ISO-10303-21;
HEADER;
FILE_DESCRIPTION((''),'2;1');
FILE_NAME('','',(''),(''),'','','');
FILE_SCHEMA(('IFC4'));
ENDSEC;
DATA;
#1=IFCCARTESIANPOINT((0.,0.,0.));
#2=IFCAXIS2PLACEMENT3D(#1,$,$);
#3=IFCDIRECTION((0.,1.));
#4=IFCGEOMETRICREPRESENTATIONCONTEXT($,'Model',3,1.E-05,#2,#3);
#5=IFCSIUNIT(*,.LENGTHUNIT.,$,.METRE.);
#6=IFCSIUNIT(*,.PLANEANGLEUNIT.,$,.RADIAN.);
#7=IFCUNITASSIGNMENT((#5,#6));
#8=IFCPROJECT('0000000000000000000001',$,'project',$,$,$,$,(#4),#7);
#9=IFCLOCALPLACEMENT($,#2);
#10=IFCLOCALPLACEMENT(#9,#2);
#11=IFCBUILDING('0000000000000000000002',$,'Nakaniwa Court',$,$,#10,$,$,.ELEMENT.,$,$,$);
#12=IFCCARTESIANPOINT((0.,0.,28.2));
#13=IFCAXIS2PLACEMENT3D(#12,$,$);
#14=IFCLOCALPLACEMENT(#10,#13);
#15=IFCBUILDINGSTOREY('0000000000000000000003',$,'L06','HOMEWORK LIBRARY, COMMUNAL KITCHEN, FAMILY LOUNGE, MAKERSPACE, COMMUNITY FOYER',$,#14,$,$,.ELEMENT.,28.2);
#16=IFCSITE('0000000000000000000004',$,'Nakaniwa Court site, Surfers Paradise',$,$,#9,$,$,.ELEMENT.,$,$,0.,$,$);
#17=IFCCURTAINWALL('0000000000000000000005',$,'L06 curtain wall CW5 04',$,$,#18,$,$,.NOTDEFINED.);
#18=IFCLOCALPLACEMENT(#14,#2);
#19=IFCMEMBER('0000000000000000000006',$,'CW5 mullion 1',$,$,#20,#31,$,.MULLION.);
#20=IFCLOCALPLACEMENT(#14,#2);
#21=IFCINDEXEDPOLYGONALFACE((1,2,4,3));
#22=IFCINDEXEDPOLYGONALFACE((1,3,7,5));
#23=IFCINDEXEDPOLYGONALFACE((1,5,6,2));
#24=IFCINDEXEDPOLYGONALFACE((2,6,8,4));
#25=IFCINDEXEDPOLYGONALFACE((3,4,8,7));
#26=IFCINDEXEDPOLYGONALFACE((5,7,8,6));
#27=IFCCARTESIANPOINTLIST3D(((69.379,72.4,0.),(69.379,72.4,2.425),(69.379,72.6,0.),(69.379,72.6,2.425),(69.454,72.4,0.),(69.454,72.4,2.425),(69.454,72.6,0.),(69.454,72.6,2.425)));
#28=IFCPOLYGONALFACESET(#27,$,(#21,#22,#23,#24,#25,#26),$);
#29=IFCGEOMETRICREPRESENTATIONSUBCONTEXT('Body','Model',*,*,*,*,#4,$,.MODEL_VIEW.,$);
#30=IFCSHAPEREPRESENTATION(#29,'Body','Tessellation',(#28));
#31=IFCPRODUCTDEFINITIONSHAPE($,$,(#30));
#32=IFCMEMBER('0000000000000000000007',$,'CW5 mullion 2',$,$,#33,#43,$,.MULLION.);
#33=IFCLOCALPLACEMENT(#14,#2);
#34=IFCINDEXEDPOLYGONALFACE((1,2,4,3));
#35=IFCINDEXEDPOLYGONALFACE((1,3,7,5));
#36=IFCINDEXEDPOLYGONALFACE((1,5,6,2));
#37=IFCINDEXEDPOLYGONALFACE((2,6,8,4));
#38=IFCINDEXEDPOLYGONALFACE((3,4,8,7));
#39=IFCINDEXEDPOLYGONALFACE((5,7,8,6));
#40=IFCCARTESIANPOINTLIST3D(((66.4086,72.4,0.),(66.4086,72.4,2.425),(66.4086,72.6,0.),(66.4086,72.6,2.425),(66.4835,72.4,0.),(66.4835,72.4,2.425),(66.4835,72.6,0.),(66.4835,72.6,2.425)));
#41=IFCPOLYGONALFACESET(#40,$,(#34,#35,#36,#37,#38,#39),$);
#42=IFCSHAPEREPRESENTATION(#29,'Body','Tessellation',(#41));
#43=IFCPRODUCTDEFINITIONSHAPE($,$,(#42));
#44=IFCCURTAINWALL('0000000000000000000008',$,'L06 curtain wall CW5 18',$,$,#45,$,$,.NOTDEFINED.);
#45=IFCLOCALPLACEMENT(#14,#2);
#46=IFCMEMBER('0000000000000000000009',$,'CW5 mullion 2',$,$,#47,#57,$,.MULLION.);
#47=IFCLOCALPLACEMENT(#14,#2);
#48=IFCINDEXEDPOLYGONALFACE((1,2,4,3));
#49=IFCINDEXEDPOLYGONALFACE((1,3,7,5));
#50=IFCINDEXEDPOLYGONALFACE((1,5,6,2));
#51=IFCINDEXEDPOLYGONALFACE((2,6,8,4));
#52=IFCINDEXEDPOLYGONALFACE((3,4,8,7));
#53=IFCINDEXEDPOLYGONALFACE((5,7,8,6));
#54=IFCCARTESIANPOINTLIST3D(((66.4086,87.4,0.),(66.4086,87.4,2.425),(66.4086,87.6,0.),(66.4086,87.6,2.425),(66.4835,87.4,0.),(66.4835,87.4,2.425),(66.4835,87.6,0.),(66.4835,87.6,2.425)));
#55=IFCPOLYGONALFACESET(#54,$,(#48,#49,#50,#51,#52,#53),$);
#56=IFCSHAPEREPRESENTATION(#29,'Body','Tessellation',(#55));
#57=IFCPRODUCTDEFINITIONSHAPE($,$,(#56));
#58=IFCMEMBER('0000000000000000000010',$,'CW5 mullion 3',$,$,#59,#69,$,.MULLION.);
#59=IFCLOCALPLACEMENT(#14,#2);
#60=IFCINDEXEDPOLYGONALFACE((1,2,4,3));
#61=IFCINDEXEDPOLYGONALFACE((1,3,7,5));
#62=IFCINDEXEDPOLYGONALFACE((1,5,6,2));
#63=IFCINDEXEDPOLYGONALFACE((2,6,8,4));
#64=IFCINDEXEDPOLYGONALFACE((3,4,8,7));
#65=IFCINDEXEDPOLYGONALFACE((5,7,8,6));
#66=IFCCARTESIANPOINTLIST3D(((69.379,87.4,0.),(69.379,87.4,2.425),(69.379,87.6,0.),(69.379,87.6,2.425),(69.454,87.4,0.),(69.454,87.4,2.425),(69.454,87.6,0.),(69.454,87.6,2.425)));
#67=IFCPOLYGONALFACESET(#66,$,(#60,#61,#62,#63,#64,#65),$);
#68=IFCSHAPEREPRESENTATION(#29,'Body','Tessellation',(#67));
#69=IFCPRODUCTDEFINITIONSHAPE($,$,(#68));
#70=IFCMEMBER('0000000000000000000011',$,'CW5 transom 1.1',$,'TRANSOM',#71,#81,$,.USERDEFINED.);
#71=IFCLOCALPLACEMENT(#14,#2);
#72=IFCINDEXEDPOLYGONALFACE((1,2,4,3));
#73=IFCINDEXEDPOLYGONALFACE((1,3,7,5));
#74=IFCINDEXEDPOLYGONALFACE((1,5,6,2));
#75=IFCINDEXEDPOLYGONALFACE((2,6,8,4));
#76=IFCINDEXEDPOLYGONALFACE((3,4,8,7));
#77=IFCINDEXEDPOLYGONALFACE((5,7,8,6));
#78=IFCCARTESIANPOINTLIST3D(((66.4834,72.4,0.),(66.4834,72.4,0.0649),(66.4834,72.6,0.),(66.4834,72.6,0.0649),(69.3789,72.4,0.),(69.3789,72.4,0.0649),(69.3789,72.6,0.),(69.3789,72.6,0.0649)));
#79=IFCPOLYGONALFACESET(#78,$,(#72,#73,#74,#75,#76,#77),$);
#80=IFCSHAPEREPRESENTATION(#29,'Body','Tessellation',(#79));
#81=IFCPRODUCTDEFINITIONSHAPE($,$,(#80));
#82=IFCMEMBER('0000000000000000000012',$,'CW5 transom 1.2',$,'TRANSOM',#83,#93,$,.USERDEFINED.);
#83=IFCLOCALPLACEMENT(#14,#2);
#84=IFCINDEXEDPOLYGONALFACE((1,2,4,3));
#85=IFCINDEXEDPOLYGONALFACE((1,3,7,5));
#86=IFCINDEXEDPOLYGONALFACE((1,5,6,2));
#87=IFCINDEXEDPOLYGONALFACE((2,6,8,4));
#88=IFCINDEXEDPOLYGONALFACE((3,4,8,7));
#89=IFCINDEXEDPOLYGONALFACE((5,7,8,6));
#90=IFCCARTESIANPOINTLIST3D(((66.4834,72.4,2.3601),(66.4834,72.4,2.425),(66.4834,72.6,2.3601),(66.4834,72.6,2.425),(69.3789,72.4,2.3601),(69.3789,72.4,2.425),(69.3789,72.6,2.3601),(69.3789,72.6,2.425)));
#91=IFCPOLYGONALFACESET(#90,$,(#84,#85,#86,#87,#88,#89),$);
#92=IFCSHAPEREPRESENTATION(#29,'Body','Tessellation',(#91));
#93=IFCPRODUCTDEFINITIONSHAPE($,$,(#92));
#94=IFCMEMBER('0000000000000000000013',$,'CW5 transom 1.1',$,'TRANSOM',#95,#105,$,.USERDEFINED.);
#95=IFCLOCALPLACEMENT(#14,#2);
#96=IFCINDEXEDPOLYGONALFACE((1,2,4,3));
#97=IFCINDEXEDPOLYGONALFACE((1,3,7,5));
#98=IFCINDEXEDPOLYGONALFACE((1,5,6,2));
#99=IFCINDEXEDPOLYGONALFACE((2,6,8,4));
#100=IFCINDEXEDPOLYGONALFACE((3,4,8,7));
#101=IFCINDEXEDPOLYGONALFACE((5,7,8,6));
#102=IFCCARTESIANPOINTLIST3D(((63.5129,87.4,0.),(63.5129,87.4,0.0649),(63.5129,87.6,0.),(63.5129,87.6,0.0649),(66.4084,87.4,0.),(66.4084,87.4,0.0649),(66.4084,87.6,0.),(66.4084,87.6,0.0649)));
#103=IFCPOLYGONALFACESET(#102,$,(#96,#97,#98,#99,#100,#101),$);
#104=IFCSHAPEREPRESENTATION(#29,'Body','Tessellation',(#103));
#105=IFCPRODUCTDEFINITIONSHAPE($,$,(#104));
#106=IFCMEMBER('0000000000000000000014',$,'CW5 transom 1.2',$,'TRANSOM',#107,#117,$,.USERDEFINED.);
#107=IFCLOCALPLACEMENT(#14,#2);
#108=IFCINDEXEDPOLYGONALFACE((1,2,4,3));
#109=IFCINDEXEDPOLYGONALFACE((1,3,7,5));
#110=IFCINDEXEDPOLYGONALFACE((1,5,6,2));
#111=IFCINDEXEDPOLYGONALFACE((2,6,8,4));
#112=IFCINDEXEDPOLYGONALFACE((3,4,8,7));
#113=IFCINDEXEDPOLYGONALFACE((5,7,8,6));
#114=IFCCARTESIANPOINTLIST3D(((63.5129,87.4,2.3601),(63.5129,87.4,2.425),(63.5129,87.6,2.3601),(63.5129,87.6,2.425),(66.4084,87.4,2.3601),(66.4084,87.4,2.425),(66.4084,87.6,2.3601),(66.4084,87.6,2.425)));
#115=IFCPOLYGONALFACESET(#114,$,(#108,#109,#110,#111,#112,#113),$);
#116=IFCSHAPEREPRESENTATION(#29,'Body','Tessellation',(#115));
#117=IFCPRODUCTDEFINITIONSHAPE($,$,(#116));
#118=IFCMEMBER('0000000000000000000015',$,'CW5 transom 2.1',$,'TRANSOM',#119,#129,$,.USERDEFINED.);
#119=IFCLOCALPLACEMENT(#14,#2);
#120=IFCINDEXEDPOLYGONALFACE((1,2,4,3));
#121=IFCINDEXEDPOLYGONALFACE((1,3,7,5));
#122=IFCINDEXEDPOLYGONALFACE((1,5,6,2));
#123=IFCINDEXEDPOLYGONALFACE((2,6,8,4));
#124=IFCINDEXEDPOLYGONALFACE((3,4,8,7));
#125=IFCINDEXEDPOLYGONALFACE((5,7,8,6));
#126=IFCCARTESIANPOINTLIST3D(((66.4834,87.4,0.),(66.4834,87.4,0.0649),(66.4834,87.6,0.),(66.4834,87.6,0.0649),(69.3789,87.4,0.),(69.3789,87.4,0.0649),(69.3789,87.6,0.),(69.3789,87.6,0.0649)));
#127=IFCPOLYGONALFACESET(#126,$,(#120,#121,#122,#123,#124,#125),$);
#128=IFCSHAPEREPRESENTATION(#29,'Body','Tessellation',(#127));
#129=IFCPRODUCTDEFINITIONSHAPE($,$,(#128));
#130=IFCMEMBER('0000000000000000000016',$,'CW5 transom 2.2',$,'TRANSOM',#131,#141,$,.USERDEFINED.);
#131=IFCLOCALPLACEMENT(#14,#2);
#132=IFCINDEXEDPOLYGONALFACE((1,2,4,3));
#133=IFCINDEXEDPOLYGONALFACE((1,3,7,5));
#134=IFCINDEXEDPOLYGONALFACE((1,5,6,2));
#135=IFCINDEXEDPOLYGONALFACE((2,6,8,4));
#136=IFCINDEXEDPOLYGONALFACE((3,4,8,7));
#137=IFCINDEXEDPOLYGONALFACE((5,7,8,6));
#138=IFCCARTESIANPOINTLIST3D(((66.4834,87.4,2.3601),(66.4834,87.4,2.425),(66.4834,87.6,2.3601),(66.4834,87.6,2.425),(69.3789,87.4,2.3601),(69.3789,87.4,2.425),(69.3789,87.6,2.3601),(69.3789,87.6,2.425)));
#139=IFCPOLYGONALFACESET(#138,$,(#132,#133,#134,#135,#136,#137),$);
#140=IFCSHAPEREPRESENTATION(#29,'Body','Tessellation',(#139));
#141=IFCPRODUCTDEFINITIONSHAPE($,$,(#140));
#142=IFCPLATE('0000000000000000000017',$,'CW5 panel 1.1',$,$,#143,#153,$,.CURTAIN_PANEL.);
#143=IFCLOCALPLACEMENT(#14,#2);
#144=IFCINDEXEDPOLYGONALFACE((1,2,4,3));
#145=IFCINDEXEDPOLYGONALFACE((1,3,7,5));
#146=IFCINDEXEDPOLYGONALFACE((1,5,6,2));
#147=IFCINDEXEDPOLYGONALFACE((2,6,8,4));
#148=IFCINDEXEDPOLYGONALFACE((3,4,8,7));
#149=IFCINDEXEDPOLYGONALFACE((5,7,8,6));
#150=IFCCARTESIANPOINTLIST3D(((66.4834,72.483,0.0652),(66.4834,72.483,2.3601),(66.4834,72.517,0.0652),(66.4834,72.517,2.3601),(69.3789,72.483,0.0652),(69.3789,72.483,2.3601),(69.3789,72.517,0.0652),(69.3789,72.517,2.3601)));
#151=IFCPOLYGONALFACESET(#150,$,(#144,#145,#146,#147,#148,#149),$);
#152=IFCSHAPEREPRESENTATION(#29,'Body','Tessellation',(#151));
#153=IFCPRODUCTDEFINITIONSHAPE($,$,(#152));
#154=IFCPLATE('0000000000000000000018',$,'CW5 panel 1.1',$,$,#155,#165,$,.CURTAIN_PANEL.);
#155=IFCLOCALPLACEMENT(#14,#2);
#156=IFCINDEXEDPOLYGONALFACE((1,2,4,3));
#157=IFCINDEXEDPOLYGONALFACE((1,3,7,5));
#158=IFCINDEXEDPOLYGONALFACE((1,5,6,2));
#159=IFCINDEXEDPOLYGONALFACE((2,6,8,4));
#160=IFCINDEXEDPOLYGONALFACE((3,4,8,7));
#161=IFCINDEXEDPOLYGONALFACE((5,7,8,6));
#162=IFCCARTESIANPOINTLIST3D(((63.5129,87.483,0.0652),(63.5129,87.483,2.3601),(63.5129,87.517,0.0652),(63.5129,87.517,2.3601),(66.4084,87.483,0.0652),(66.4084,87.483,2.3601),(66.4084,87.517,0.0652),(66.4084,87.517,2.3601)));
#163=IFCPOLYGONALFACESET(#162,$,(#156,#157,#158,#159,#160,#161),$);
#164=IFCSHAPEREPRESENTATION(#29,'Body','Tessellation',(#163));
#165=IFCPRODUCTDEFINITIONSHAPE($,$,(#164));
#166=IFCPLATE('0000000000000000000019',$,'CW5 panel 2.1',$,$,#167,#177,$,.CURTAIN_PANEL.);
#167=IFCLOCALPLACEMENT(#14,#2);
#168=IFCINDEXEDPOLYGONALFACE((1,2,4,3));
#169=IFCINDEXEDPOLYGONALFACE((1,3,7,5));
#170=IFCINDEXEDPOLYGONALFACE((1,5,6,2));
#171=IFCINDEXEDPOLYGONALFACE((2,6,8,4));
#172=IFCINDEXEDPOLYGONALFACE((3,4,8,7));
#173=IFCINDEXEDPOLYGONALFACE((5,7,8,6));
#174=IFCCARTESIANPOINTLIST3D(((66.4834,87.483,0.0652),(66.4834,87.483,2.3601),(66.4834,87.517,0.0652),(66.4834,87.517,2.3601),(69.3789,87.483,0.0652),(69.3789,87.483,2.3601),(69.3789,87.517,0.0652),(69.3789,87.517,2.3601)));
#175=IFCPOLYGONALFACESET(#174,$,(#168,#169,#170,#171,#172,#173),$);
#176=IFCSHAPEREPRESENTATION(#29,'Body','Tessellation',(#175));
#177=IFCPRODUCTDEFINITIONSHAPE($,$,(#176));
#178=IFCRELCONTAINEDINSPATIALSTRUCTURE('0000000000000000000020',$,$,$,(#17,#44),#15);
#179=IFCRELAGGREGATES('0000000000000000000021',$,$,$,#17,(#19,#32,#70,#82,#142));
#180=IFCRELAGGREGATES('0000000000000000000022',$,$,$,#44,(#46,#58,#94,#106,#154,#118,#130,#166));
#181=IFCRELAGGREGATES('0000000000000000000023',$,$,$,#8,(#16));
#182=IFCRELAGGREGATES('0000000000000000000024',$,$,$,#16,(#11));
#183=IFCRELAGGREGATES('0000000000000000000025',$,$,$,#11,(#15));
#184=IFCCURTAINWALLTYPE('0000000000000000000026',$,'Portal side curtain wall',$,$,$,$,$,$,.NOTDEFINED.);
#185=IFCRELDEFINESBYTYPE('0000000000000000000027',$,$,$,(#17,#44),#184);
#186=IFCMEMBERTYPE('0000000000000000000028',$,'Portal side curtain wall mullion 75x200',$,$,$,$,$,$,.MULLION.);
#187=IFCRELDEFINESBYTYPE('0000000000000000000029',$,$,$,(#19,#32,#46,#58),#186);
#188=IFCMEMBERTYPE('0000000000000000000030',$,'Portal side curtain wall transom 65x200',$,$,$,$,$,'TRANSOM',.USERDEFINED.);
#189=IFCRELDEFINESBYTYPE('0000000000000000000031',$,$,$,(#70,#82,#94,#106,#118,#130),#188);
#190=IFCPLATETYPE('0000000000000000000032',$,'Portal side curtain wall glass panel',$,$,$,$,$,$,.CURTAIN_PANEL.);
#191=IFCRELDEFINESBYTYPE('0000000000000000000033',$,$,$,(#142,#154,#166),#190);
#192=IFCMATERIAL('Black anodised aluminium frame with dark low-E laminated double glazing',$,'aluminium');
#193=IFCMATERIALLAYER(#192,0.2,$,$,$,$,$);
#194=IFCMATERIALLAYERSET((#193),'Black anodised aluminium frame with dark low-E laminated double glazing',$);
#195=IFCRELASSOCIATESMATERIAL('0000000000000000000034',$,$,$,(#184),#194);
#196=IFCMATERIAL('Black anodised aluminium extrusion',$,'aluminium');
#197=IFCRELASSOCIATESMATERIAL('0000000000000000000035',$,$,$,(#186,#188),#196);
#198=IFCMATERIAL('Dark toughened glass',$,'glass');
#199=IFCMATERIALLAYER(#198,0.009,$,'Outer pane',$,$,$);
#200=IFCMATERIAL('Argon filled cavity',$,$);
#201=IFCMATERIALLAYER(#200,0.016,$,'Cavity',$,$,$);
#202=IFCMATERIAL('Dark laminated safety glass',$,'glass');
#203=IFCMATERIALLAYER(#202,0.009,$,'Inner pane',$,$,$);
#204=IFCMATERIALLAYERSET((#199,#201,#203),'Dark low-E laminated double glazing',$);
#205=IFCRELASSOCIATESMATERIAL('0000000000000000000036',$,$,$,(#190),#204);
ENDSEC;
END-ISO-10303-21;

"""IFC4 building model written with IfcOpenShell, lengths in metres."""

from ifc_helpers import new_model, si_unit, direction, frame, origin, origin_2d, place, context, subcontext, project, spatial, rectangle, extrude, material, layer, layer_set, material_profile, profile_set, type_object, element, aggregate, save


model = new_model("IFC4")

# Units and contexts
model_context = context("Model", 3, precision=1e-05, world=origin(), true_north=direction((0.0, 1.0)))
body_context = subcontext(model_context, "Body", "Model", "MODEL_VIEW")
ifc_project = project(units=[si_unit("LENGTHUNIT", "METRE"), si_unit("PLANEANGLEUNIT", "RADIAN")], contexts=[model_context])

# Site, building, storey
site_placement = place(None, origin())
site = spatial("IfcSite", under=ifc_project, at=site_placement, Name="Nakaniwa Court site, Surfers Paradise", CompositionType="ELEMENT", RefElevation=0.0)
building_placement = place(site_placement, origin())
building = spatial("IfcBuilding", under=site, at=building_placement, Name="Nakaniwa Court", CompositionType="ELEMENT")
storey_placement = place(building_placement, frame((0.0, 0.0, 28.2)))
storey = spatial("IfcBuildingStorey", under=building, at=storey_placement, Name="L06", Description="HOMEWORK LIBRARY, COMMUNAL KITCHEN, FAMILY LOUNGE, MAKERSPACE, COMMUNITY FOYER", CompositionType="ELEMENT", Elevation=28.2)

# Curtain walls, members
ifc_material_1 = material(Name="Black anodised aluminium frame with dark low-E laminated double glazing", Category="aluminium")
ifc_layer_1 = layer(ifc_material_1, 0.2)
ifc_layer_set_1 = layer_set([ifc_layer_1], Name="Black anodised aluminium frame with dark low-E laminated double glazing")
curtain_wall_type = type_object("IfcCurtainWallType", Name="Portal side curtain wall", PredefinedType="NOTDEFINED", material=ifc_layer_set_1)
curtain_wall_1_placement = place(storey_placement, origin())
curtain_wall_1 = element("IfcCurtainWall", 1, at=curtain_wall_1_placement, inside=storey, type_object=curtain_wall_type, Name="L06 curtain wall CW5 04", PredefinedType="NOTDEFINED")
ifc_material_2 = material(Name="Black anodised aluminium extrusion", Category="aluminium")
ifc_material_profile_1 = material_profile(ifc_material_2, rectangle(XDim=0.2, YDim=0.075, at=origin_2d()), Name="Portal side curtain wall mullion 75x200")
ifc_profile_set_1 = profile_set([ifc_material_profile_1], Name="Black anodised aluminium extrusion")
member_type_1 = type_object("IfcMemberType", Name="Portal side curtain wall mullion 75x200", PredefinedType="MULLION", material=ifc_profile_set_1)
member_1_placement = place(storey_placement, frame((69.4165, 72.5, 0.0), z_axis=(0.0, 0.0, 1.0), x_axis=(0.0, -1.0, 0.0)))
member_1 = element("IfcMember", 2, at=member_1_placement, type_object=member_type_1, Name="CW5 mullion 1", PredefinedType="MULLION", context=body_context, shape_type="SweptSolid", body=[
    extrude(rectangle(XDim=0.2, YDim=0.075, at=origin_2d()), origin(), (0.0, 0.0, 1.0), 2.425),
])
member_2_placement = place(storey_placement, frame((66.446, 72.5, 0.0), z_axis=(0.0, 0.0, 1.0), x_axis=(0.0, -1.0, 0.0)))
member_2 = element("IfcMember", 3, at=member_2_placement, type_object=member_type_1, Name="CW5 mullion 2", PredefinedType="MULLION", context=body_context, shape_type="SweptSolid", body=[
    extrude(rectangle(XDim=0.2, YDim=0.075, at=origin_2d()), origin(), (0.0, 0.0, 1.0), 2.425),
])
curtain_wall_2_placement = place(storey_placement, origin())
curtain_wall_2 = element("IfcCurtainWall", 4, at=curtain_wall_2_placement, inside=storey, type_object=curtain_wall_type, Name="L06 curtain wall CW5 18", PredefinedType="NOTDEFINED")
member_3_placement = place(storey_placement, frame((66.446, 87.5, 0.0), z_axis=(0.0, 0.0, 1.0), x_axis=(0.0, 1.0, 0.0)))
member_3 = element("IfcMember", 5, at=member_3_placement, type_object=member_type_1, Name="CW5 mullion 2", PredefinedType="MULLION", context=body_context, shape_type="SweptSolid", body=[
    extrude(rectangle(XDim=0.2, YDim=0.075, at=origin_2d()), origin(), (0.0, 0.0, 1.0), 2.425),
])
member_4_placement = place(storey_placement, frame((69.4165, 87.5, 0.0), z_axis=(0.0, 0.0, 1.0), x_axis=(0.0, 1.0, 0.0)))
member_4 = element("IfcMember", 6, at=member_4_placement, type_object=member_type_1, Name="CW5 mullion 3", PredefinedType="MULLION", context=body_context, shape_type="SweptSolid", body=[
    extrude(rectangle(XDim=0.2, YDim=0.075, at=origin_2d()), origin(), (0.0, 0.0, 1.0), 2.425),
])

# Members
ifc_material_profile_2 = material_profile(ifc_material_2, rectangle(XDim=0.2, YDim=0.0649, at=origin_2d()), Name="Portal side curtain wall transom 65x200")
ifc_profile_set_2 = profile_set([ifc_material_profile_2], Name="Black anodised aluminium extrusion")
member_type_2 = type_object("IfcMemberType", Name="Portal side curtain wall transom 65x200", ElementType="TRANSOM", PredefinedType="USERDEFINED", material=ifc_profile_set_2)
member_5_placement = place(storey_placement, frame((69.3789, 72.5, 0.0325), z_axis=(-1.0, 0.0, 0.0), x_axis=(0.0, -1.0, 0.0)))
member_5 = element("IfcMember", 7, at=member_5_placement, type_object=member_type_2, Name="CW5 transom 1.1", ObjectType="TRANSOM", PredefinedType="USERDEFINED", context=body_context, shape_type="SweptSolid", body=[
    extrude(rectangle(XDim=0.2, YDim=0.0649, at=origin_2d()), origin(), (0.0, 0.0, 1.0), 2.8955),
])
member_6_placement = place(storey_placement, frame((69.3789, 72.5, 2.3926), z_axis=(-1.0, 0.0, 0.0), x_axis=(0.0, -1.0, 0.0)))
member_6 = element("IfcMember", 8, at=member_6_placement, type_object=member_type_2, Name="CW5 transom 1.2", ObjectType="TRANSOM", PredefinedType="USERDEFINED", context=body_context, shape_type="SweptSolid", body=[
    extrude(rectangle(XDim=0.2, YDim=0.0649, at=origin_2d()), origin(), (0.0, 0.0, 1.0), 2.8955),
])
member_7_placement = place(storey_placement, frame((63.5129, 87.5, 0.0325), z_axis=(1.0, 0.0, 0.0), x_axis=(0.0, 1.0, 0.0)))
member_7 = element("IfcMember", 9, at=member_7_placement, type_object=member_type_2, Name="CW5 transom 1.1", ObjectType="TRANSOM", PredefinedType="USERDEFINED", context=body_context, shape_type="SweptSolid", body=[
    extrude(rectangle(XDim=0.2, YDim=0.0649, at=origin_2d()), origin(), (0.0, 0.0, 1.0), 2.8955),
])
member_8_placement = place(storey_placement, frame((63.5129, 87.5, 2.3926), z_axis=(1.0, 0.0, 0.0), x_axis=(0.0, 1.0, 0.0)))
member_8 = element("IfcMember", 10, at=member_8_placement, type_object=member_type_2, Name="CW5 transom 1.2", ObjectType="TRANSOM", PredefinedType="USERDEFINED", context=body_context, shape_type="SweptSolid", body=[
    extrude(rectangle(XDim=0.2, YDim=0.0649, at=origin_2d()), origin(), (0.0, 0.0, 1.0), 2.8955),
])
member_9_placement = place(storey_placement, frame((66.4834, 87.5, 0.0325), z_axis=(1.0, 0.0, 0.0), x_axis=(0.0, 1.0, 0.0)))
member_9 = element("IfcMember", 11, at=member_9_placement, type_object=member_type_2, Name="CW5 transom 2.1", ObjectType="TRANSOM", PredefinedType="USERDEFINED", context=body_context, shape_type="SweptSolid", body=[
    extrude(rectangle(XDim=0.2, YDim=0.0649, at=origin_2d()), origin(), (0.0, 0.0, 1.0), 2.8955),
])
member_10_placement = place(storey_placement, frame((66.4834, 87.5, 2.3926), z_axis=(1.0, 0.0, 0.0), x_axis=(0.0, 1.0, 0.0)))
member_10 = element("IfcMember", 12, at=member_10_placement, type_object=member_type_2, Name="CW5 transom 2.2", ObjectType="TRANSOM", PredefinedType="USERDEFINED", context=body_context, shape_type="SweptSolid", body=[
    extrude(rectangle(XDim=0.2, YDim=0.0649, at=origin_2d()), origin(), (0.0, 0.0, 1.0), 2.8955),
])

# Plates
ifc_material_3 = material(Name="Dark toughened glass", Category="glass")
ifc_layer_2 = layer(ifc_material_3, 0.009, Name="Outer pane")
ifc_material_4 = material(Name="Argon filled cavity")
ifc_layer_3 = layer(ifc_material_4, 0.016, Name="Cavity")
ifc_material_5 = material(Name="Dark laminated safety glass", Category="glass")
ifc_layer_4 = layer(ifc_material_5, 0.009, Name="Inner pane")
ifc_layer_set_2 = layer_set([ifc_layer_2, ifc_layer_3, ifc_layer_4], Name="Dark low-E laminated double glazing")
plate_type = type_object("IfcPlateType", Name="Portal side curtain wall glass panel", PredefinedType="CURTAIN_PANEL", material=ifc_layer_set_2)
plate_1_placement = place(storey_placement, frame((67.9312, 72.5, 0.0652), z_axis=(0.0, 0.0, 1.0), x_axis=(-1.0, 0.0, 0.0)))
plate_1 = element("IfcPlate", 13, at=plate_1_placement, type_object=plate_type, Name="CW5 panel 1.1", PredefinedType="CURTAIN_PANEL", context=body_context, shape_type="SweptSolid", body=[
    extrude(rectangle(XDim=2.8955, YDim=0.0339, at=origin_2d()), origin(), (0.0, 0.0, 1.0), 2.2949),
])
aggregate(curtain_wall_1, [member_1, member_2, member_5, member_6, plate_1])
plate_2_placement = place(storey_placement, frame((64.9607, 87.5, 0.0652), z_axis=(0.0, 0.0, 1.0), x_axis=(1.0, 0.0, 0.0)))
plate_2 = element("IfcPlate", 14, at=plate_2_placement, type_object=plate_type, Name="CW5 panel 1.1", PredefinedType="CURTAIN_PANEL", context=body_context, shape_type="SweptSolid", body=[
    extrude(rectangle(XDim=2.8955, YDim=0.0339, at=origin_2d()), origin(), (0.0, 0.0, 1.0), 2.2949),
])
plate_3_placement = place(storey_placement, frame((67.9312, 87.5, 0.0652), z_axis=(0.0, 0.0, 1.0), x_axis=(1.0, 0.0, 0.0)))
plate_3 = element("IfcPlate", 15, at=plate_3_placement, type_object=plate_type, Name="CW5 panel 2.1", PredefinedType="CURTAIN_PANEL", context=body_context, shape_type="SweptSolid", body=[
    extrude(rectangle(XDim=2.8955, YDim=0.0339, at=origin_2d()), origin(), (0.0, 0.0, 1.0), 2.2949),
])
aggregate(curtain_wall_2, [member_3, member_4, member_7, member_8, plate_2, member_9, member_10, plate_3])

save(model, "model.ifc")
